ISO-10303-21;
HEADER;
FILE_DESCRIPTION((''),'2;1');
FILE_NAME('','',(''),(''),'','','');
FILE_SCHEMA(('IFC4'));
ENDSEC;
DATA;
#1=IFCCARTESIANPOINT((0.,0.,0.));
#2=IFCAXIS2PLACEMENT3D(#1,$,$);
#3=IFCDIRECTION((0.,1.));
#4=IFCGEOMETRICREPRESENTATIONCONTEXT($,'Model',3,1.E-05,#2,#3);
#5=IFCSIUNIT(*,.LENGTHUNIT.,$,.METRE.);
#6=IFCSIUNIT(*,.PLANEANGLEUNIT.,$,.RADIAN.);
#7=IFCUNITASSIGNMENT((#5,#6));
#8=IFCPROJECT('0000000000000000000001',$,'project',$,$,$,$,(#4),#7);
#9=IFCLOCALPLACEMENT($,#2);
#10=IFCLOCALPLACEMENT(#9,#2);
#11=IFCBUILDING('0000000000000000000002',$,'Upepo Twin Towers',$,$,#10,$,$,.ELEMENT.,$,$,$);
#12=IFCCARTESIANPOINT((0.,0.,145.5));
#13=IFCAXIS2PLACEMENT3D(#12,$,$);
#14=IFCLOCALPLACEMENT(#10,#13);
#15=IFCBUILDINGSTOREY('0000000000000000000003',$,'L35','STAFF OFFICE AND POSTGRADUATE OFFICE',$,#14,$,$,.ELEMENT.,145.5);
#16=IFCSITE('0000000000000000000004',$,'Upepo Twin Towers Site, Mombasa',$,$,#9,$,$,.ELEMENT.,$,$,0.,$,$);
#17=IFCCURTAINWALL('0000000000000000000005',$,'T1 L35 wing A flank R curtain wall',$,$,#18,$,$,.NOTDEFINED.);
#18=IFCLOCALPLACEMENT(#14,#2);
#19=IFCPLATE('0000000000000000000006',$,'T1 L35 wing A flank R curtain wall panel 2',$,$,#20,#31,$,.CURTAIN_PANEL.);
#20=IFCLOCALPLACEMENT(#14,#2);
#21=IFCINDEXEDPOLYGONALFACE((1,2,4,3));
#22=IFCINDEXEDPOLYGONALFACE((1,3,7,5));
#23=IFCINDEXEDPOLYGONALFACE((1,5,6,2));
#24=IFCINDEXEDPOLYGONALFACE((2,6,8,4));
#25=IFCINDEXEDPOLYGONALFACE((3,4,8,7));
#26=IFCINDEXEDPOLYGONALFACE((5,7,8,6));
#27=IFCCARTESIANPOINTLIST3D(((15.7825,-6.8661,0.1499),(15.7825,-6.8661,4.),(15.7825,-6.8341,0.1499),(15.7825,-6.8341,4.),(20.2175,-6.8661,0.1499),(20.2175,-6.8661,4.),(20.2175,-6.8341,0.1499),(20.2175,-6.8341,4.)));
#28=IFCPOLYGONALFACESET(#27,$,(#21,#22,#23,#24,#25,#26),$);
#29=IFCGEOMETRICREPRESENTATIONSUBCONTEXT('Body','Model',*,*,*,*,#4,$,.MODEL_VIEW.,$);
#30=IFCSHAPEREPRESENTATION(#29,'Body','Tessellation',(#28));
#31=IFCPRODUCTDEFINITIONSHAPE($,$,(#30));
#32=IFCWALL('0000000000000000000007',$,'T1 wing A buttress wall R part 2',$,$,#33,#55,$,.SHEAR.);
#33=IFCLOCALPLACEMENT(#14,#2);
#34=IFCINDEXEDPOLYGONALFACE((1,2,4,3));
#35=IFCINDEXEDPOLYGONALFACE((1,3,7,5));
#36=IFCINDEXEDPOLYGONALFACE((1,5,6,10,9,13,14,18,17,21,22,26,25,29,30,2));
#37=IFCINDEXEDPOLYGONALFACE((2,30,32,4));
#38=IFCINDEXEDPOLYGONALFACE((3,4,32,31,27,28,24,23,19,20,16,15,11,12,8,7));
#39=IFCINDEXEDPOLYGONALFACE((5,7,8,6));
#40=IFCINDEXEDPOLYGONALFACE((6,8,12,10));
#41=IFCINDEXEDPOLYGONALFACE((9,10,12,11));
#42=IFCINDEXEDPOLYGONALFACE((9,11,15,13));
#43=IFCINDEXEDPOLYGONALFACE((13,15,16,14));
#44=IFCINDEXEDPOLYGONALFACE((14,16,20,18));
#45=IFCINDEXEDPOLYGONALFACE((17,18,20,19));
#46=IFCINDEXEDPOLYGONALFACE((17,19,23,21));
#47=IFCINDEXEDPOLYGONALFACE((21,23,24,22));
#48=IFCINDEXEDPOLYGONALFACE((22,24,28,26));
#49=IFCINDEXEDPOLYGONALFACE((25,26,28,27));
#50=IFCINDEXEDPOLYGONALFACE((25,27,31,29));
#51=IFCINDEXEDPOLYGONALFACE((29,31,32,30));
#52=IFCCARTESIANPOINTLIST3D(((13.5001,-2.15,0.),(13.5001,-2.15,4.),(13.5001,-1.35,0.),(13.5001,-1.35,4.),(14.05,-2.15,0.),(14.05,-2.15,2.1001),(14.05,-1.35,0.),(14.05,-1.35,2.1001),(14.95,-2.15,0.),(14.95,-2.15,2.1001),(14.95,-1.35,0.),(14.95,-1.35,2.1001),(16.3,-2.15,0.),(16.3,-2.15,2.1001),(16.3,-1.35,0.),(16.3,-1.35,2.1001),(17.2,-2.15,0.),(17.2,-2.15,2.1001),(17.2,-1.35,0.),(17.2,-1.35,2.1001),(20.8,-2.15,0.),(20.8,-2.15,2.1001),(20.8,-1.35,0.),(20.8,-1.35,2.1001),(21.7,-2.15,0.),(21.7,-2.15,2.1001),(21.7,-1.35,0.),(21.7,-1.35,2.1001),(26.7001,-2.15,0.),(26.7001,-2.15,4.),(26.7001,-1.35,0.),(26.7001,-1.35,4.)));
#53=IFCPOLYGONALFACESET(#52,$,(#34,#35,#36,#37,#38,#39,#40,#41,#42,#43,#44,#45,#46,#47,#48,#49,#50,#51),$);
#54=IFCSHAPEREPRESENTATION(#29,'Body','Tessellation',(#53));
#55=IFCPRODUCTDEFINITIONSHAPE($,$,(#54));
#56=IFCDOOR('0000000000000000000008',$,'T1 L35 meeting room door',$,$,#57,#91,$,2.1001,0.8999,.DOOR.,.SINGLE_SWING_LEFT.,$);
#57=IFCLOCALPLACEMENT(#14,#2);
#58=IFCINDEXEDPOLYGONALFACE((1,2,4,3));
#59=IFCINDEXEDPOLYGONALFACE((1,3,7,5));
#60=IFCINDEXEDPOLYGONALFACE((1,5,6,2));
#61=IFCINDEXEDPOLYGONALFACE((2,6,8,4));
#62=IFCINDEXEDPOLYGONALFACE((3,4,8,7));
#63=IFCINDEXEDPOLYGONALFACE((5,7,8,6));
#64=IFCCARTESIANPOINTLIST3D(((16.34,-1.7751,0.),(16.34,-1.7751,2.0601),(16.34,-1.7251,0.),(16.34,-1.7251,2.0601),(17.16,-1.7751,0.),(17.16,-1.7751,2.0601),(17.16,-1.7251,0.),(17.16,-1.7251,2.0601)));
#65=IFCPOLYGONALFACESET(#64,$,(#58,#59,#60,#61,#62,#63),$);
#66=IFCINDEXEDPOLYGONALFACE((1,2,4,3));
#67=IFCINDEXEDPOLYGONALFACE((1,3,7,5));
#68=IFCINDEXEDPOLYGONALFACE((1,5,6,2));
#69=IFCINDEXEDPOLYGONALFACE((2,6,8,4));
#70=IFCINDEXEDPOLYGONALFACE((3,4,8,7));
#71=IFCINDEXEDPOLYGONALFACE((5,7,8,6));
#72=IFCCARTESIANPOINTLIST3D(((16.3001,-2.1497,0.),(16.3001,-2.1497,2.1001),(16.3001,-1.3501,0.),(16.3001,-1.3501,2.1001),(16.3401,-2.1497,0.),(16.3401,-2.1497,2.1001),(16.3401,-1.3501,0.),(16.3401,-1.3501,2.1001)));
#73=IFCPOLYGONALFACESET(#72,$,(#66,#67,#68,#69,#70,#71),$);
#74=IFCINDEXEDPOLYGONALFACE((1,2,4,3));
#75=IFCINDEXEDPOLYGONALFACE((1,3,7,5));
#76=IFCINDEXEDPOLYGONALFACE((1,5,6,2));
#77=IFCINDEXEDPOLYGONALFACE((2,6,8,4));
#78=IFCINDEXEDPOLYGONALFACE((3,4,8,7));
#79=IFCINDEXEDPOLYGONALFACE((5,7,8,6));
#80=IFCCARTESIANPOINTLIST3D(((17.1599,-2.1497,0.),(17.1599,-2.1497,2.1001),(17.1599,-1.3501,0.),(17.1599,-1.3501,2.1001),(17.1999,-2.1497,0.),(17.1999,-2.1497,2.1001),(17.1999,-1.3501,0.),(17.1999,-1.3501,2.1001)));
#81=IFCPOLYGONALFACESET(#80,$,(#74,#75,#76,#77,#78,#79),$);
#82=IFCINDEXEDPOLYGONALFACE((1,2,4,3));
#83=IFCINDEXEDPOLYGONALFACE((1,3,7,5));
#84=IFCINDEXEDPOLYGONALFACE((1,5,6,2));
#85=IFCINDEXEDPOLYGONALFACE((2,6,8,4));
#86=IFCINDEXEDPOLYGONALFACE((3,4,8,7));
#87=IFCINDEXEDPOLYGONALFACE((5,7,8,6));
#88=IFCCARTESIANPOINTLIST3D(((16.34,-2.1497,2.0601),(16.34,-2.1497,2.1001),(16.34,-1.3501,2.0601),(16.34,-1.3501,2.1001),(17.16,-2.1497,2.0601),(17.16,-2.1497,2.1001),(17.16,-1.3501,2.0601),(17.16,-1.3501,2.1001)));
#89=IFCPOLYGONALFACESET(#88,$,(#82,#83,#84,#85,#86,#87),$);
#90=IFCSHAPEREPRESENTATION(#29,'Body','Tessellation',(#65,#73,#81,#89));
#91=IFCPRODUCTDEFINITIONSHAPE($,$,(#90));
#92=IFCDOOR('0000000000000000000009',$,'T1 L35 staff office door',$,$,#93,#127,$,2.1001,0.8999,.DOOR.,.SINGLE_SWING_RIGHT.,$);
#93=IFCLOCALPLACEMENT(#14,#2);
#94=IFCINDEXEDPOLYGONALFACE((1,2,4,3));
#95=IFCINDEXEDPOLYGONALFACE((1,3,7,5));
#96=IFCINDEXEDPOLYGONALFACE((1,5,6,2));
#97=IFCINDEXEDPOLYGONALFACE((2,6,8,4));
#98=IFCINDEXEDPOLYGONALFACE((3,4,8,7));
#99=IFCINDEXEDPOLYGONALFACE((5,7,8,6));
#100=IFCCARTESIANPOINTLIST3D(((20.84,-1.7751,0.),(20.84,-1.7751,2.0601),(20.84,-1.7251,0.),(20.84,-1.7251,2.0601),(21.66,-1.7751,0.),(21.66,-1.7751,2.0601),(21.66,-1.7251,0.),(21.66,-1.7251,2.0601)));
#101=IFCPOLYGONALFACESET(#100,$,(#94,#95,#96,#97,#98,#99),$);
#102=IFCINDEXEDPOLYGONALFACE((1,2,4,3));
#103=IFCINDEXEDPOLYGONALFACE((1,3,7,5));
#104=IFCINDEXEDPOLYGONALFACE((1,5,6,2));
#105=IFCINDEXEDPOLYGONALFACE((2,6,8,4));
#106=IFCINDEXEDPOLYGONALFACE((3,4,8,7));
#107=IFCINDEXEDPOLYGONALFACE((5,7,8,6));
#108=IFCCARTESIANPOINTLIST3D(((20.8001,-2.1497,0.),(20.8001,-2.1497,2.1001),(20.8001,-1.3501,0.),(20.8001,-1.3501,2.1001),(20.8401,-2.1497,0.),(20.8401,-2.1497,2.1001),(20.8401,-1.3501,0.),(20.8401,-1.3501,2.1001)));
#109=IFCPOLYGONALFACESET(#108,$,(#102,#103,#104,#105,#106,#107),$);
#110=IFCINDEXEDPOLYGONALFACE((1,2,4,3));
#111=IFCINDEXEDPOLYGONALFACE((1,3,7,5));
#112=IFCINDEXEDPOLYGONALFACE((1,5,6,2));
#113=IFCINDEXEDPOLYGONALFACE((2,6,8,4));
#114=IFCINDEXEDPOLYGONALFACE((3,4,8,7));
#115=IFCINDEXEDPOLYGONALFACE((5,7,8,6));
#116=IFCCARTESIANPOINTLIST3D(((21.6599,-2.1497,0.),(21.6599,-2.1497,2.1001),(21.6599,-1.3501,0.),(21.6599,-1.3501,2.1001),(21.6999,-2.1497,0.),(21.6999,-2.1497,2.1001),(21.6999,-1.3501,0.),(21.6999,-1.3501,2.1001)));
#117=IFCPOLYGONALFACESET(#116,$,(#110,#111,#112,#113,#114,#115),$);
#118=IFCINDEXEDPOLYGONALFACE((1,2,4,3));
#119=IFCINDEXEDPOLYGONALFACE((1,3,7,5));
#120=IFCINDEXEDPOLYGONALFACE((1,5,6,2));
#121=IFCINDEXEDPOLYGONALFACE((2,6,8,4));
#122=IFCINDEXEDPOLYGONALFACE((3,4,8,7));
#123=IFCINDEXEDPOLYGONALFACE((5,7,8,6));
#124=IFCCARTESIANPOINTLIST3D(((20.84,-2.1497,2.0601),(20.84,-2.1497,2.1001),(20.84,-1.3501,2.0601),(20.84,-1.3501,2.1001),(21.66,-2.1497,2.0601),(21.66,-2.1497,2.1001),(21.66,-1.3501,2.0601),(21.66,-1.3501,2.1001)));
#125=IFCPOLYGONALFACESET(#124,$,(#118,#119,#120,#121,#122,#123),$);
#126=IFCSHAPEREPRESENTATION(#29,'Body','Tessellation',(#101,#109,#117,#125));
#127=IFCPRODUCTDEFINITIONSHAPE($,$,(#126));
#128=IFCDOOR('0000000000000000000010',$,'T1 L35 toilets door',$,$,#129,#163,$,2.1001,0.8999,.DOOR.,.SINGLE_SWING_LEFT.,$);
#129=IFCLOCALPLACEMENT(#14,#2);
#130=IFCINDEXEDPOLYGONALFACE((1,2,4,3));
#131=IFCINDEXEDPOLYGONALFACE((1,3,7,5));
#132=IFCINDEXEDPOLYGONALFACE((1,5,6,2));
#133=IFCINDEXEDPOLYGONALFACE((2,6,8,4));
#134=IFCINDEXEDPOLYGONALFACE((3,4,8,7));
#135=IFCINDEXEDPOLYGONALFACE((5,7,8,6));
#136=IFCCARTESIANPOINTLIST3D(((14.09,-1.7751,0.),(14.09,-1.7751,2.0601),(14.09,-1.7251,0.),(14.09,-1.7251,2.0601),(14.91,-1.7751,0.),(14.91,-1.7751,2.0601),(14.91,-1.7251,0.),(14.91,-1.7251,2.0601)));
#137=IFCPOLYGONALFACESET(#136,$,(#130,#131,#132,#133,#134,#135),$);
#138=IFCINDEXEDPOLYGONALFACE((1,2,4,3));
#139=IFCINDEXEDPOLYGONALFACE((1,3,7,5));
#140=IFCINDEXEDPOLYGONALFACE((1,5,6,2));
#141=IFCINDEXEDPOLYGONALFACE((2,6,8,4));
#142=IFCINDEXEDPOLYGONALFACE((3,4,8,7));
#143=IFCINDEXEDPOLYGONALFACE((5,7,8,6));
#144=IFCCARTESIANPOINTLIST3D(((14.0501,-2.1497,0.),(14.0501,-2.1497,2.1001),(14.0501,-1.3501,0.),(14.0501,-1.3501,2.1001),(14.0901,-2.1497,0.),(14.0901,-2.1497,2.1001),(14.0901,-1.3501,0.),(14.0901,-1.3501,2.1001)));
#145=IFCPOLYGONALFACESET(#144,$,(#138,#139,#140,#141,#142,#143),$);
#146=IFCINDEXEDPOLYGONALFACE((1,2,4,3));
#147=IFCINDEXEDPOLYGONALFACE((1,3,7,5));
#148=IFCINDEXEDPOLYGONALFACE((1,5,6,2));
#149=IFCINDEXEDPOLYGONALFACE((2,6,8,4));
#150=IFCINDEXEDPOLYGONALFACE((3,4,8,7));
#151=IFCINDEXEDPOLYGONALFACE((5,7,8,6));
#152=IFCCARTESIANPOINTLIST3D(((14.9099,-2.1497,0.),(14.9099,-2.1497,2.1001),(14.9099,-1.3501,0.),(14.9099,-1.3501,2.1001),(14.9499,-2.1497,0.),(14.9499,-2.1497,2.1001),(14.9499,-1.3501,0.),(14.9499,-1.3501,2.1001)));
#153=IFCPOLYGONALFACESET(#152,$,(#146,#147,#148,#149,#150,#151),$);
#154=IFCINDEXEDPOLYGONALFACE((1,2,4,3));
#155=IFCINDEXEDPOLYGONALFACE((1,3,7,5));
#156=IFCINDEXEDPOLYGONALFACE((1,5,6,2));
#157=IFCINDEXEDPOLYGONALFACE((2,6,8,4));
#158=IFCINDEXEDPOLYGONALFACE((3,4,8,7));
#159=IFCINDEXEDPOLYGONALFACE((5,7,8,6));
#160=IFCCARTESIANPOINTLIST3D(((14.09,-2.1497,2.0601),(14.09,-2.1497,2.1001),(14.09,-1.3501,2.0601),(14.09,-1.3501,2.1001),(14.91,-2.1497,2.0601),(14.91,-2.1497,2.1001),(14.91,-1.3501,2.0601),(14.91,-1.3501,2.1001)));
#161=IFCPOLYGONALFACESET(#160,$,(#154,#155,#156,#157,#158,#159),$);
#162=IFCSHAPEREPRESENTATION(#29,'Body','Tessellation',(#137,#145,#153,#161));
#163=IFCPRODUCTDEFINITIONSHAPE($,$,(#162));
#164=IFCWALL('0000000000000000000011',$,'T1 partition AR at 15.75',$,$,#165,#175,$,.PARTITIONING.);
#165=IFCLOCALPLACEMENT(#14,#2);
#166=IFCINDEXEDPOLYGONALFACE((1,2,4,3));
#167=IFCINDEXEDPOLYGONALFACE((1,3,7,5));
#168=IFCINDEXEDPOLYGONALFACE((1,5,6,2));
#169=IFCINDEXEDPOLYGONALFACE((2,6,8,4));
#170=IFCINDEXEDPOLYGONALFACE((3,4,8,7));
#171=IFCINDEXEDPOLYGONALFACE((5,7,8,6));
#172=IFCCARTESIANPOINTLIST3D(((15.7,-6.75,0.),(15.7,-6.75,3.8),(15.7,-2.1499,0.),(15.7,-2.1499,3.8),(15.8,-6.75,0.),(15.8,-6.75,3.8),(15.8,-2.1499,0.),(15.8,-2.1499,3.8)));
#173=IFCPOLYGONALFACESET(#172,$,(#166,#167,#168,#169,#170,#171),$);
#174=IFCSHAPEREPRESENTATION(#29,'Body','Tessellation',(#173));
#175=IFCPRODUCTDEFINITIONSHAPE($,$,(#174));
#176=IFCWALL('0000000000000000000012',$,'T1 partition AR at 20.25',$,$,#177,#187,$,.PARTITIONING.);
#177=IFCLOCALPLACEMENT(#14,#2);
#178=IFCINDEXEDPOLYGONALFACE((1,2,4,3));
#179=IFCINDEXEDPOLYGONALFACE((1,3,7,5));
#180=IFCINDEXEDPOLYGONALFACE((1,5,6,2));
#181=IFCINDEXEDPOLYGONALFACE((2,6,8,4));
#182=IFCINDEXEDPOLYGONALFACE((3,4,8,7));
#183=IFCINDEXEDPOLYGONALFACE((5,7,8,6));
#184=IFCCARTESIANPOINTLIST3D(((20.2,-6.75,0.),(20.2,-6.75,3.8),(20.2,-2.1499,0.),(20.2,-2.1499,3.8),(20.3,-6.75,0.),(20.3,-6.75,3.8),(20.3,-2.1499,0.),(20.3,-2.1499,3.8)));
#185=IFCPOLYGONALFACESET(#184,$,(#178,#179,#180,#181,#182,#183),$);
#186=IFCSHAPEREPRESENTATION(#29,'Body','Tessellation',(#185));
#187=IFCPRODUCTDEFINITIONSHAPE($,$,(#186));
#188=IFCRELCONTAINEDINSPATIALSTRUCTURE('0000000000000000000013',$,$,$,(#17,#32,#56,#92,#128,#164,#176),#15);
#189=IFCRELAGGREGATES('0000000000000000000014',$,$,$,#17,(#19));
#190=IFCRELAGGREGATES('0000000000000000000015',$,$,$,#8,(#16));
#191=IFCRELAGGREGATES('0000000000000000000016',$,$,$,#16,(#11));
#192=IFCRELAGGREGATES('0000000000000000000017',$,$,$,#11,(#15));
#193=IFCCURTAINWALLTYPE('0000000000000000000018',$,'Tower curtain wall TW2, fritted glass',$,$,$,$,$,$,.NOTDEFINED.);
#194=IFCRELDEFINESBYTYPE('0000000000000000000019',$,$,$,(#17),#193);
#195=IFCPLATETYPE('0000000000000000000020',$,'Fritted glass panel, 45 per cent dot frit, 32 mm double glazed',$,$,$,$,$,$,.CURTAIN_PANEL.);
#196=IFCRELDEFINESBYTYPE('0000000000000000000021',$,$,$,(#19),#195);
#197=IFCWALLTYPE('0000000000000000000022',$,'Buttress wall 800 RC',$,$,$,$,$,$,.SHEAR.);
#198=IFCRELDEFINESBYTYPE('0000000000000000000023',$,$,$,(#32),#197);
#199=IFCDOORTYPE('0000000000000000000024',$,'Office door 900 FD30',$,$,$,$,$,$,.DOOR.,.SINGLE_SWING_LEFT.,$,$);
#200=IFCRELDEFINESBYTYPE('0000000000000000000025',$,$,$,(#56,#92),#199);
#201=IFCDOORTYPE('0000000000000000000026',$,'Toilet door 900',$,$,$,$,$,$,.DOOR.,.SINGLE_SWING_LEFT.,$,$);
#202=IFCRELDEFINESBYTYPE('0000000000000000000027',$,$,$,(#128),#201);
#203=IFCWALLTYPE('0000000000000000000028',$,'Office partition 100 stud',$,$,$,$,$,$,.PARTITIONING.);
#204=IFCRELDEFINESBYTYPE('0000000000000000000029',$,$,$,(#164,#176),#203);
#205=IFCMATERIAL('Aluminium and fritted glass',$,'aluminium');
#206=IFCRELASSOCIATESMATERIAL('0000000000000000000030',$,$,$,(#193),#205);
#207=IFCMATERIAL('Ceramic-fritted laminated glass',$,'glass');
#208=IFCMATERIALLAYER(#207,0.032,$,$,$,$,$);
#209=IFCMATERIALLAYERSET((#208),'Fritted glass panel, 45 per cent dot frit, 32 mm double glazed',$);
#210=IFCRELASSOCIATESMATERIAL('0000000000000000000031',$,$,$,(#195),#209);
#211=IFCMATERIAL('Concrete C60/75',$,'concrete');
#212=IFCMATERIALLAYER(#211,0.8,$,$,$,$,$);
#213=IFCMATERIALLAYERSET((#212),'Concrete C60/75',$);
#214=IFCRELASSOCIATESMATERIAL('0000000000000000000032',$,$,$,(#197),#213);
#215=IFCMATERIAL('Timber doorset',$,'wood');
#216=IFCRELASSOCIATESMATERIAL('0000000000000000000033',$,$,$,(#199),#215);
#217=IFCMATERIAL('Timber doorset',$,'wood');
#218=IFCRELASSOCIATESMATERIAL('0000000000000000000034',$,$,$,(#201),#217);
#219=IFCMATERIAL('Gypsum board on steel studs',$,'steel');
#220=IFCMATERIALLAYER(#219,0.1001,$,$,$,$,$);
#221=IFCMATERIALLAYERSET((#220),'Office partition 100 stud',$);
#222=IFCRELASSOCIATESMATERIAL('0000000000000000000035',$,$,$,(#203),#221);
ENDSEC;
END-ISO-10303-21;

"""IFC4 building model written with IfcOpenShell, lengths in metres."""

from ifc_helpers import new_model, si_unit, direction, frame, frame_2d, origin, origin_2d, place, context, subcontext, project, spatial, rectangle, extrude, material, layer, layer_set, type_object, element, fill, aggregate, save


model = new_model("IFC4")

# Units and contexts
model_context = context("Model", 3, precision=1e-05, world=origin(), true_north=direction((0.0, 1.0)))
body_context = subcontext(model_context, "Body", "Model", "MODEL_VIEW")
ifc_project = project(units=[si_unit("LENGTHUNIT", "METRE"), si_unit("PLANEANGLEUNIT", "RADIAN")], contexts=[model_context])

# Site, building, storey
site_placement = place(None, origin())
site = spatial("IfcSite", under=ifc_project, at=site_placement, Name="Upepo Twin Towers Site, Mombasa", CompositionType="ELEMENT", RefElevation=0.0)
building_placement = place(site_placement, origin())
building = spatial("IfcBuilding", under=site, at=building_placement, Name="Upepo Twin Towers", CompositionType="ELEMENT")
storey_placement = place(building_placement, frame((0.0, 0.0, 145.5)))
storey = spatial("IfcBuildingStorey", under=building, at=storey_placement, Name="L35", Description="STAFF OFFICE AND POSTGRADUATE OFFICE", CompositionType="ELEMENT", Elevation=145.5)

# Curtain wall, plate
ifc_material_1 = material(Name="Aluminium and fritted glass", Category="aluminium")
curtain_wall_type = type_object("IfcCurtainWallType", Name="Tower curtain wall TW2, fritted glass", PredefinedType="NOTDEFINED", material=ifc_material_1)
curtain_wall_placement = place(storey_placement, origin())
curtain_wall = element("IfcCurtainWall", 1, at=curtain_wall_placement, inside=storey, type_object=curtain_wall_type, Name="T1 L35 wing A flank R curtain wall", PredefinedType="NOTDEFINED")
ifc_material_2 = material(Name="Ceramic-fritted laminated glass", Category="glass")
ifc_layer_1 = layer(ifc_material_2, 0.032)
ifc_layer_set_1 = layer_set([ifc_layer_1], Name="Fritted glass panel, 45 per cent dot frit, 32 mm double glazed")
plate_type = type_object("IfcPlateType", Name="Fritted glass panel, 45 per cent dot frit, 32 mm double glazed", PredefinedType="CURTAIN_PANEL", material=ifc_layer_set_1)
plate_placement = place(storey_placement, frame((18.0, -6.8501, 0.1499), z_axis=(0.0, 0.0, 1.0), x_axis=(-1.0, 0.0, 0.0)))
plate = element("IfcPlate", 2, at=plate_placement, type_object=plate_type, Name="T1 L35 wing A flank R curtain wall panel 2", PredefinedType="CURTAIN_PANEL", context=body_context, shape_type="SweptSolid", body=[
    extrude(rectangle(XDim=4.4351, YDim=0.032, at=origin_2d()), origin(), (0.0, 0.0, 1.0), 3.8501),
])
aggregate(curtain_wall, [plate])

# Wall, openings, doors
ifc_material_3 = material(Name="Concrete C60/75", Category="concrete")
ifc_layer_2 = layer(ifc_material_3, 0.8)
ifc_layer_set_2 = layer_set([ifc_layer_2], Name="Concrete C60/75")
wall_type_1 = type_object("IfcWallType", Name="Buttress wall 800 RC", PredefinedType="SHEAR", material=ifc_layer_set_2)
wall_1_placement = place(storey_placement, frame((13.5, -1.75, 0.0), z_axis=(0.0, 0.0, 1.0), x_axis=(1.0, 0.0, 0.0)))
wall_1 = element("IfcWall", 3, at=wall_1_placement, inside=storey, type_object=wall_type_1, Name="T1 wing A buttress wall R part 2", PredefinedType="SHEAR", context=body_context, shape_type="SweptSolid", body=[
    extrude(rectangle(XDim=13.2, YDim=0.8, at=frame_2d((6.6001, 0.0))), origin(), (0.0, 0.0, 1.0), 4.0),
])
opening_1_placement = place(wall_1_placement, frame((0.55, 0.0, 0.0)))
opening_1 = element("IfcOpeningElement", 4, at=opening_1_placement, cuts=wall_1, PredefinedType="OPENING", context=body_context, shape_type="SweptSolid", body=[
    extrude(rectangle(XDim=0.8999, YDim=2.1001, at=frame_2d((0.45, 1.05))), frame((0.0, 0.4099, 0.0), z_axis=(0.0, -1.0, 0.0), x_axis=(1.0, 0.0, 0.0)), (0.0, 0.0, 1.0), 0.8201),
])
opening_2_placement = place(wall_1_placement, frame((2.8, 0.0, 0.0)))
opening_2 = element("IfcOpeningElement", 5, at=opening_2_placement, cuts=wall_1, PredefinedType="OPENING", context=body_context, shape_type="SweptSolid", body=[
    extrude(rectangle(XDim=0.8999, YDim=2.1001, at=frame_2d((0.45, 1.05))), frame((0.0, 0.4099, 0.0), z_axis=(0.0, -1.0, 0.0), x_axis=(1.0, 0.0, 0.0)), (0.0, 0.0, 1.0), 0.8201),
])
opening_3_placement = place(wall_1_placement, frame((7.3, 0.0, 0.0)))
opening_3 = element("IfcOpeningElement", 6, at=opening_3_placement, cuts=wall_1, PredefinedType="OPENING", context=body_context, shape_type="SweptSolid", body=[
    extrude(rectangle(XDim=0.8999, YDim=2.1001, at=frame_2d((0.45, 1.05))), frame((0.0, 0.4099, 0.0), z_axis=(0.0, -1.0, 0.0), x_axis=(1.0, 0.0, 0.0)), (0.0, 0.0, 1.0), 0.8201),
])
ifc_material_4 = material(Name="Timber doorset", Category="wood")
door_type_1 = type_object("IfcDoorType", Name="Office door 900 FD30", OperationType="SINGLE_SWING_LEFT", PredefinedType="DOOR", material=ifc_material_4)
door_1_placement = place(opening_2_placement, origin())
door_1 = element("IfcDoor", 7, at=door_1_placement, inside=storey, type_object=door_type_1, Name="T1 L35 meeting room door", OperationType="SINGLE_SWING_LEFT", OverallHeight=2.1001, OverallWidth=0.8999, PredefinedType="DOOR", context=body_context, shape_type="SweptSolid", body=[
    extrude(rectangle(XDim=0.8199, YDim=2.0601, at=frame_2d((0.45, 1.03))), frame((0.0, 0.0249, 0.0), z_axis=(0.0, -1.0, 0.0), x_axis=(1.0, 0.0, 0.0)), (0.0, 0.0, 1.0), 0.05),
    extrude(rectangle(XDim=0.04, YDim=2.1001, at=frame_2d((0.02, 1.05))), frame((0.0, 0.3999, 0.0), z_axis=(0.0, -1.0, 0.0), x_axis=(1.0, 0.0, 0.0)), (0.0, 0.0, 1.0), 0.7996),
    extrude(rectangle(XDim=0.04, YDim=2.1001, at=frame_2d((0.8799, 1.05))), frame((0.0, 0.3999, 0.0), z_axis=(0.0, -1.0, 0.0), x_axis=(1.0, 0.0, 0.0)), (0.0, 0.0, 1.0), 0.7996),
    extrude(rectangle(XDim=0.8199, YDim=0.04, at=frame_2d((0.45, 2.0801))), frame((0.0, 0.3999, 0.0), z_axis=(0.0, -1.0, 0.0), x_axis=(1.0, 0.0, 0.0)), (0.0, 0.0, 1.0), 0.7996),
])
fill(opening_2, door_1)
door_2_placement = place(opening_3_placement, origin())
door_2 = element("IfcDoor", 8, at=door_2_placement, inside=storey, type_object=door_type_1, Name="T1 L35 staff office door", OperationType="SINGLE_SWING_RIGHT", OverallHeight=2.1001, OverallWidth=0.8999, PredefinedType="DOOR", context=body_context, shape_type="SweptSolid", body=[
    extrude(rectangle(XDim=0.8199, YDim=2.0601, at=frame_2d((0.45, 1.03))), frame((0.0, 0.0249, 0.0), z_axis=(0.0, -1.0, 0.0), x_axis=(1.0, 0.0, 0.0)), (0.0, 0.0, 1.0), 0.05),
    extrude(rectangle(XDim=0.04, YDim=2.1001, at=frame_2d((0.02, 1.05))), frame((0.0, 0.3999, 0.0), z_axis=(0.0, -1.0, 0.0), x_axis=(1.0, 0.0, 0.0)), (0.0, 0.0, 1.0), 0.7996),
    extrude(rectangle(XDim=0.04, YDim=2.1001, at=frame_2d((0.8799, 1.05))), frame((0.0, 0.3999, 0.0), z_axis=(0.0, -1.0, 0.0), x_axis=(1.0, 0.0, 0.0)), (0.0, 0.0, 1.0), 0.7996),
    extrude(rectangle(XDim=0.8199, YDim=0.04, at=frame_2d((0.45, 2.0801))), frame((0.0, 0.3999, 0.0), z_axis=(0.0, -1.0, 0.0), x_axis=(1.0, 0.0, 0.0)), (0.0, 0.0, 1.0), 0.7996),
])
fill(opening_3, door_2)
ifc_material_5 = material(Name="Timber doorset", Category="wood")
door_type_2 = type_object("IfcDoorType", Name="Toilet door 900", OperationType="SINGLE_SWING_LEFT", PredefinedType="DOOR", material=ifc_material_5)
door_3_placement = place(opening_1_placement, origin())
door_3 = element("IfcDoor", 9, at=door_3_placement, inside=storey, type_object=door_type_2, Name="T1 L35 toilets door", OperationType="SINGLE_SWING_LEFT", OverallHeight=2.1001, OverallWidth=0.8999, PredefinedType="DOOR", context=body_context, shape_type="SweptSolid", body=[
    extrude(rectangle(XDim=0.8199, YDim=2.0601, at=frame_2d((0.45, 1.03))), frame((0.0, 0.0249, 0.0), z_axis=(0.0, -1.0, 0.0), x_axis=(1.0, 0.0, 0.0)), (0.0, 0.0, 1.0), 0.05),
    extrude(rectangle(XDim=0.04, YDim=2.1001, at=frame_2d((0.02, 1.05))), frame((0.0, 0.3999, 0.0), z_axis=(0.0, -1.0, 0.0), x_axis=(1.0, 0.0, 0.0)), (0.0, 0.0, 1.0), 0.7996),
    extrude(rectangle(XDim=0.04, YDim=2.1001, at=frame_2d((0.8799, 1.05))), frame((0.0, 0.3999, 0.0), z_axis=(0.0, -1.0, 0.0), x_axis=(1.0, 0.0, 0.0)), (0.0, 0.0, 1.0), 0.7996),
    extrude(rectangle(XDim=0.8199, YDim=0.04, at=frame_2d((0.45, 2.0801))), frame((0.0, 0.3999, 0.0), z_axis=(0.0, -1.0, 0.0), x_axis=(1.0, 0.0, 0.0)), (0.0, 0.0, 1.0), 0.7996),
])
fill(opening_1, door_3)

# Walls
ifc_material_6 = material(Name="Gypsum board on steel studs", Category="steel")
ifc_layer_3 = layer(ifc_material_6, 0.1001)
ifc_layer_set_3 = layer_set([ifc_layer_3], Name="Office partition 100 stud")
wall_type_2 = type_object("IfcWallType", Name="Office partition 100 stud", PredefinedType="PARTITIONING", material=ifc_layer_set_3)
for number, where, z_axis, x_axis, name in (
    (10, (15.75, -2.1499, 0.0), (0.0, 0.0, 1.0), (0.0, -1.0, 0.0), "T1 partition AR at 15.75"),
    (11, (20.25, -2.1499, 0.0), (0.0, 0.0, 1.0), (0.0, -1.0, 0.0), "T1 partition AR at 20.25"),
):
    element("IfcWall", number, at=place(storey_placement, frame(where, z_axis=z_axis, x_axis=x_axis)), inside=storey, type_object=wall_type_2, Name=name, PredefinedType="PARTITIONING", context=body_context, shape_type="SweptSolid", body=[
        extrude(rectangle(XDim=4.6001, YDim=0.1001, at=frame_2d((2.3, 0.0))), origin(), (0.0, 0.0, 1.0), 3.8),
    ])

save(model, "model.ifc")
